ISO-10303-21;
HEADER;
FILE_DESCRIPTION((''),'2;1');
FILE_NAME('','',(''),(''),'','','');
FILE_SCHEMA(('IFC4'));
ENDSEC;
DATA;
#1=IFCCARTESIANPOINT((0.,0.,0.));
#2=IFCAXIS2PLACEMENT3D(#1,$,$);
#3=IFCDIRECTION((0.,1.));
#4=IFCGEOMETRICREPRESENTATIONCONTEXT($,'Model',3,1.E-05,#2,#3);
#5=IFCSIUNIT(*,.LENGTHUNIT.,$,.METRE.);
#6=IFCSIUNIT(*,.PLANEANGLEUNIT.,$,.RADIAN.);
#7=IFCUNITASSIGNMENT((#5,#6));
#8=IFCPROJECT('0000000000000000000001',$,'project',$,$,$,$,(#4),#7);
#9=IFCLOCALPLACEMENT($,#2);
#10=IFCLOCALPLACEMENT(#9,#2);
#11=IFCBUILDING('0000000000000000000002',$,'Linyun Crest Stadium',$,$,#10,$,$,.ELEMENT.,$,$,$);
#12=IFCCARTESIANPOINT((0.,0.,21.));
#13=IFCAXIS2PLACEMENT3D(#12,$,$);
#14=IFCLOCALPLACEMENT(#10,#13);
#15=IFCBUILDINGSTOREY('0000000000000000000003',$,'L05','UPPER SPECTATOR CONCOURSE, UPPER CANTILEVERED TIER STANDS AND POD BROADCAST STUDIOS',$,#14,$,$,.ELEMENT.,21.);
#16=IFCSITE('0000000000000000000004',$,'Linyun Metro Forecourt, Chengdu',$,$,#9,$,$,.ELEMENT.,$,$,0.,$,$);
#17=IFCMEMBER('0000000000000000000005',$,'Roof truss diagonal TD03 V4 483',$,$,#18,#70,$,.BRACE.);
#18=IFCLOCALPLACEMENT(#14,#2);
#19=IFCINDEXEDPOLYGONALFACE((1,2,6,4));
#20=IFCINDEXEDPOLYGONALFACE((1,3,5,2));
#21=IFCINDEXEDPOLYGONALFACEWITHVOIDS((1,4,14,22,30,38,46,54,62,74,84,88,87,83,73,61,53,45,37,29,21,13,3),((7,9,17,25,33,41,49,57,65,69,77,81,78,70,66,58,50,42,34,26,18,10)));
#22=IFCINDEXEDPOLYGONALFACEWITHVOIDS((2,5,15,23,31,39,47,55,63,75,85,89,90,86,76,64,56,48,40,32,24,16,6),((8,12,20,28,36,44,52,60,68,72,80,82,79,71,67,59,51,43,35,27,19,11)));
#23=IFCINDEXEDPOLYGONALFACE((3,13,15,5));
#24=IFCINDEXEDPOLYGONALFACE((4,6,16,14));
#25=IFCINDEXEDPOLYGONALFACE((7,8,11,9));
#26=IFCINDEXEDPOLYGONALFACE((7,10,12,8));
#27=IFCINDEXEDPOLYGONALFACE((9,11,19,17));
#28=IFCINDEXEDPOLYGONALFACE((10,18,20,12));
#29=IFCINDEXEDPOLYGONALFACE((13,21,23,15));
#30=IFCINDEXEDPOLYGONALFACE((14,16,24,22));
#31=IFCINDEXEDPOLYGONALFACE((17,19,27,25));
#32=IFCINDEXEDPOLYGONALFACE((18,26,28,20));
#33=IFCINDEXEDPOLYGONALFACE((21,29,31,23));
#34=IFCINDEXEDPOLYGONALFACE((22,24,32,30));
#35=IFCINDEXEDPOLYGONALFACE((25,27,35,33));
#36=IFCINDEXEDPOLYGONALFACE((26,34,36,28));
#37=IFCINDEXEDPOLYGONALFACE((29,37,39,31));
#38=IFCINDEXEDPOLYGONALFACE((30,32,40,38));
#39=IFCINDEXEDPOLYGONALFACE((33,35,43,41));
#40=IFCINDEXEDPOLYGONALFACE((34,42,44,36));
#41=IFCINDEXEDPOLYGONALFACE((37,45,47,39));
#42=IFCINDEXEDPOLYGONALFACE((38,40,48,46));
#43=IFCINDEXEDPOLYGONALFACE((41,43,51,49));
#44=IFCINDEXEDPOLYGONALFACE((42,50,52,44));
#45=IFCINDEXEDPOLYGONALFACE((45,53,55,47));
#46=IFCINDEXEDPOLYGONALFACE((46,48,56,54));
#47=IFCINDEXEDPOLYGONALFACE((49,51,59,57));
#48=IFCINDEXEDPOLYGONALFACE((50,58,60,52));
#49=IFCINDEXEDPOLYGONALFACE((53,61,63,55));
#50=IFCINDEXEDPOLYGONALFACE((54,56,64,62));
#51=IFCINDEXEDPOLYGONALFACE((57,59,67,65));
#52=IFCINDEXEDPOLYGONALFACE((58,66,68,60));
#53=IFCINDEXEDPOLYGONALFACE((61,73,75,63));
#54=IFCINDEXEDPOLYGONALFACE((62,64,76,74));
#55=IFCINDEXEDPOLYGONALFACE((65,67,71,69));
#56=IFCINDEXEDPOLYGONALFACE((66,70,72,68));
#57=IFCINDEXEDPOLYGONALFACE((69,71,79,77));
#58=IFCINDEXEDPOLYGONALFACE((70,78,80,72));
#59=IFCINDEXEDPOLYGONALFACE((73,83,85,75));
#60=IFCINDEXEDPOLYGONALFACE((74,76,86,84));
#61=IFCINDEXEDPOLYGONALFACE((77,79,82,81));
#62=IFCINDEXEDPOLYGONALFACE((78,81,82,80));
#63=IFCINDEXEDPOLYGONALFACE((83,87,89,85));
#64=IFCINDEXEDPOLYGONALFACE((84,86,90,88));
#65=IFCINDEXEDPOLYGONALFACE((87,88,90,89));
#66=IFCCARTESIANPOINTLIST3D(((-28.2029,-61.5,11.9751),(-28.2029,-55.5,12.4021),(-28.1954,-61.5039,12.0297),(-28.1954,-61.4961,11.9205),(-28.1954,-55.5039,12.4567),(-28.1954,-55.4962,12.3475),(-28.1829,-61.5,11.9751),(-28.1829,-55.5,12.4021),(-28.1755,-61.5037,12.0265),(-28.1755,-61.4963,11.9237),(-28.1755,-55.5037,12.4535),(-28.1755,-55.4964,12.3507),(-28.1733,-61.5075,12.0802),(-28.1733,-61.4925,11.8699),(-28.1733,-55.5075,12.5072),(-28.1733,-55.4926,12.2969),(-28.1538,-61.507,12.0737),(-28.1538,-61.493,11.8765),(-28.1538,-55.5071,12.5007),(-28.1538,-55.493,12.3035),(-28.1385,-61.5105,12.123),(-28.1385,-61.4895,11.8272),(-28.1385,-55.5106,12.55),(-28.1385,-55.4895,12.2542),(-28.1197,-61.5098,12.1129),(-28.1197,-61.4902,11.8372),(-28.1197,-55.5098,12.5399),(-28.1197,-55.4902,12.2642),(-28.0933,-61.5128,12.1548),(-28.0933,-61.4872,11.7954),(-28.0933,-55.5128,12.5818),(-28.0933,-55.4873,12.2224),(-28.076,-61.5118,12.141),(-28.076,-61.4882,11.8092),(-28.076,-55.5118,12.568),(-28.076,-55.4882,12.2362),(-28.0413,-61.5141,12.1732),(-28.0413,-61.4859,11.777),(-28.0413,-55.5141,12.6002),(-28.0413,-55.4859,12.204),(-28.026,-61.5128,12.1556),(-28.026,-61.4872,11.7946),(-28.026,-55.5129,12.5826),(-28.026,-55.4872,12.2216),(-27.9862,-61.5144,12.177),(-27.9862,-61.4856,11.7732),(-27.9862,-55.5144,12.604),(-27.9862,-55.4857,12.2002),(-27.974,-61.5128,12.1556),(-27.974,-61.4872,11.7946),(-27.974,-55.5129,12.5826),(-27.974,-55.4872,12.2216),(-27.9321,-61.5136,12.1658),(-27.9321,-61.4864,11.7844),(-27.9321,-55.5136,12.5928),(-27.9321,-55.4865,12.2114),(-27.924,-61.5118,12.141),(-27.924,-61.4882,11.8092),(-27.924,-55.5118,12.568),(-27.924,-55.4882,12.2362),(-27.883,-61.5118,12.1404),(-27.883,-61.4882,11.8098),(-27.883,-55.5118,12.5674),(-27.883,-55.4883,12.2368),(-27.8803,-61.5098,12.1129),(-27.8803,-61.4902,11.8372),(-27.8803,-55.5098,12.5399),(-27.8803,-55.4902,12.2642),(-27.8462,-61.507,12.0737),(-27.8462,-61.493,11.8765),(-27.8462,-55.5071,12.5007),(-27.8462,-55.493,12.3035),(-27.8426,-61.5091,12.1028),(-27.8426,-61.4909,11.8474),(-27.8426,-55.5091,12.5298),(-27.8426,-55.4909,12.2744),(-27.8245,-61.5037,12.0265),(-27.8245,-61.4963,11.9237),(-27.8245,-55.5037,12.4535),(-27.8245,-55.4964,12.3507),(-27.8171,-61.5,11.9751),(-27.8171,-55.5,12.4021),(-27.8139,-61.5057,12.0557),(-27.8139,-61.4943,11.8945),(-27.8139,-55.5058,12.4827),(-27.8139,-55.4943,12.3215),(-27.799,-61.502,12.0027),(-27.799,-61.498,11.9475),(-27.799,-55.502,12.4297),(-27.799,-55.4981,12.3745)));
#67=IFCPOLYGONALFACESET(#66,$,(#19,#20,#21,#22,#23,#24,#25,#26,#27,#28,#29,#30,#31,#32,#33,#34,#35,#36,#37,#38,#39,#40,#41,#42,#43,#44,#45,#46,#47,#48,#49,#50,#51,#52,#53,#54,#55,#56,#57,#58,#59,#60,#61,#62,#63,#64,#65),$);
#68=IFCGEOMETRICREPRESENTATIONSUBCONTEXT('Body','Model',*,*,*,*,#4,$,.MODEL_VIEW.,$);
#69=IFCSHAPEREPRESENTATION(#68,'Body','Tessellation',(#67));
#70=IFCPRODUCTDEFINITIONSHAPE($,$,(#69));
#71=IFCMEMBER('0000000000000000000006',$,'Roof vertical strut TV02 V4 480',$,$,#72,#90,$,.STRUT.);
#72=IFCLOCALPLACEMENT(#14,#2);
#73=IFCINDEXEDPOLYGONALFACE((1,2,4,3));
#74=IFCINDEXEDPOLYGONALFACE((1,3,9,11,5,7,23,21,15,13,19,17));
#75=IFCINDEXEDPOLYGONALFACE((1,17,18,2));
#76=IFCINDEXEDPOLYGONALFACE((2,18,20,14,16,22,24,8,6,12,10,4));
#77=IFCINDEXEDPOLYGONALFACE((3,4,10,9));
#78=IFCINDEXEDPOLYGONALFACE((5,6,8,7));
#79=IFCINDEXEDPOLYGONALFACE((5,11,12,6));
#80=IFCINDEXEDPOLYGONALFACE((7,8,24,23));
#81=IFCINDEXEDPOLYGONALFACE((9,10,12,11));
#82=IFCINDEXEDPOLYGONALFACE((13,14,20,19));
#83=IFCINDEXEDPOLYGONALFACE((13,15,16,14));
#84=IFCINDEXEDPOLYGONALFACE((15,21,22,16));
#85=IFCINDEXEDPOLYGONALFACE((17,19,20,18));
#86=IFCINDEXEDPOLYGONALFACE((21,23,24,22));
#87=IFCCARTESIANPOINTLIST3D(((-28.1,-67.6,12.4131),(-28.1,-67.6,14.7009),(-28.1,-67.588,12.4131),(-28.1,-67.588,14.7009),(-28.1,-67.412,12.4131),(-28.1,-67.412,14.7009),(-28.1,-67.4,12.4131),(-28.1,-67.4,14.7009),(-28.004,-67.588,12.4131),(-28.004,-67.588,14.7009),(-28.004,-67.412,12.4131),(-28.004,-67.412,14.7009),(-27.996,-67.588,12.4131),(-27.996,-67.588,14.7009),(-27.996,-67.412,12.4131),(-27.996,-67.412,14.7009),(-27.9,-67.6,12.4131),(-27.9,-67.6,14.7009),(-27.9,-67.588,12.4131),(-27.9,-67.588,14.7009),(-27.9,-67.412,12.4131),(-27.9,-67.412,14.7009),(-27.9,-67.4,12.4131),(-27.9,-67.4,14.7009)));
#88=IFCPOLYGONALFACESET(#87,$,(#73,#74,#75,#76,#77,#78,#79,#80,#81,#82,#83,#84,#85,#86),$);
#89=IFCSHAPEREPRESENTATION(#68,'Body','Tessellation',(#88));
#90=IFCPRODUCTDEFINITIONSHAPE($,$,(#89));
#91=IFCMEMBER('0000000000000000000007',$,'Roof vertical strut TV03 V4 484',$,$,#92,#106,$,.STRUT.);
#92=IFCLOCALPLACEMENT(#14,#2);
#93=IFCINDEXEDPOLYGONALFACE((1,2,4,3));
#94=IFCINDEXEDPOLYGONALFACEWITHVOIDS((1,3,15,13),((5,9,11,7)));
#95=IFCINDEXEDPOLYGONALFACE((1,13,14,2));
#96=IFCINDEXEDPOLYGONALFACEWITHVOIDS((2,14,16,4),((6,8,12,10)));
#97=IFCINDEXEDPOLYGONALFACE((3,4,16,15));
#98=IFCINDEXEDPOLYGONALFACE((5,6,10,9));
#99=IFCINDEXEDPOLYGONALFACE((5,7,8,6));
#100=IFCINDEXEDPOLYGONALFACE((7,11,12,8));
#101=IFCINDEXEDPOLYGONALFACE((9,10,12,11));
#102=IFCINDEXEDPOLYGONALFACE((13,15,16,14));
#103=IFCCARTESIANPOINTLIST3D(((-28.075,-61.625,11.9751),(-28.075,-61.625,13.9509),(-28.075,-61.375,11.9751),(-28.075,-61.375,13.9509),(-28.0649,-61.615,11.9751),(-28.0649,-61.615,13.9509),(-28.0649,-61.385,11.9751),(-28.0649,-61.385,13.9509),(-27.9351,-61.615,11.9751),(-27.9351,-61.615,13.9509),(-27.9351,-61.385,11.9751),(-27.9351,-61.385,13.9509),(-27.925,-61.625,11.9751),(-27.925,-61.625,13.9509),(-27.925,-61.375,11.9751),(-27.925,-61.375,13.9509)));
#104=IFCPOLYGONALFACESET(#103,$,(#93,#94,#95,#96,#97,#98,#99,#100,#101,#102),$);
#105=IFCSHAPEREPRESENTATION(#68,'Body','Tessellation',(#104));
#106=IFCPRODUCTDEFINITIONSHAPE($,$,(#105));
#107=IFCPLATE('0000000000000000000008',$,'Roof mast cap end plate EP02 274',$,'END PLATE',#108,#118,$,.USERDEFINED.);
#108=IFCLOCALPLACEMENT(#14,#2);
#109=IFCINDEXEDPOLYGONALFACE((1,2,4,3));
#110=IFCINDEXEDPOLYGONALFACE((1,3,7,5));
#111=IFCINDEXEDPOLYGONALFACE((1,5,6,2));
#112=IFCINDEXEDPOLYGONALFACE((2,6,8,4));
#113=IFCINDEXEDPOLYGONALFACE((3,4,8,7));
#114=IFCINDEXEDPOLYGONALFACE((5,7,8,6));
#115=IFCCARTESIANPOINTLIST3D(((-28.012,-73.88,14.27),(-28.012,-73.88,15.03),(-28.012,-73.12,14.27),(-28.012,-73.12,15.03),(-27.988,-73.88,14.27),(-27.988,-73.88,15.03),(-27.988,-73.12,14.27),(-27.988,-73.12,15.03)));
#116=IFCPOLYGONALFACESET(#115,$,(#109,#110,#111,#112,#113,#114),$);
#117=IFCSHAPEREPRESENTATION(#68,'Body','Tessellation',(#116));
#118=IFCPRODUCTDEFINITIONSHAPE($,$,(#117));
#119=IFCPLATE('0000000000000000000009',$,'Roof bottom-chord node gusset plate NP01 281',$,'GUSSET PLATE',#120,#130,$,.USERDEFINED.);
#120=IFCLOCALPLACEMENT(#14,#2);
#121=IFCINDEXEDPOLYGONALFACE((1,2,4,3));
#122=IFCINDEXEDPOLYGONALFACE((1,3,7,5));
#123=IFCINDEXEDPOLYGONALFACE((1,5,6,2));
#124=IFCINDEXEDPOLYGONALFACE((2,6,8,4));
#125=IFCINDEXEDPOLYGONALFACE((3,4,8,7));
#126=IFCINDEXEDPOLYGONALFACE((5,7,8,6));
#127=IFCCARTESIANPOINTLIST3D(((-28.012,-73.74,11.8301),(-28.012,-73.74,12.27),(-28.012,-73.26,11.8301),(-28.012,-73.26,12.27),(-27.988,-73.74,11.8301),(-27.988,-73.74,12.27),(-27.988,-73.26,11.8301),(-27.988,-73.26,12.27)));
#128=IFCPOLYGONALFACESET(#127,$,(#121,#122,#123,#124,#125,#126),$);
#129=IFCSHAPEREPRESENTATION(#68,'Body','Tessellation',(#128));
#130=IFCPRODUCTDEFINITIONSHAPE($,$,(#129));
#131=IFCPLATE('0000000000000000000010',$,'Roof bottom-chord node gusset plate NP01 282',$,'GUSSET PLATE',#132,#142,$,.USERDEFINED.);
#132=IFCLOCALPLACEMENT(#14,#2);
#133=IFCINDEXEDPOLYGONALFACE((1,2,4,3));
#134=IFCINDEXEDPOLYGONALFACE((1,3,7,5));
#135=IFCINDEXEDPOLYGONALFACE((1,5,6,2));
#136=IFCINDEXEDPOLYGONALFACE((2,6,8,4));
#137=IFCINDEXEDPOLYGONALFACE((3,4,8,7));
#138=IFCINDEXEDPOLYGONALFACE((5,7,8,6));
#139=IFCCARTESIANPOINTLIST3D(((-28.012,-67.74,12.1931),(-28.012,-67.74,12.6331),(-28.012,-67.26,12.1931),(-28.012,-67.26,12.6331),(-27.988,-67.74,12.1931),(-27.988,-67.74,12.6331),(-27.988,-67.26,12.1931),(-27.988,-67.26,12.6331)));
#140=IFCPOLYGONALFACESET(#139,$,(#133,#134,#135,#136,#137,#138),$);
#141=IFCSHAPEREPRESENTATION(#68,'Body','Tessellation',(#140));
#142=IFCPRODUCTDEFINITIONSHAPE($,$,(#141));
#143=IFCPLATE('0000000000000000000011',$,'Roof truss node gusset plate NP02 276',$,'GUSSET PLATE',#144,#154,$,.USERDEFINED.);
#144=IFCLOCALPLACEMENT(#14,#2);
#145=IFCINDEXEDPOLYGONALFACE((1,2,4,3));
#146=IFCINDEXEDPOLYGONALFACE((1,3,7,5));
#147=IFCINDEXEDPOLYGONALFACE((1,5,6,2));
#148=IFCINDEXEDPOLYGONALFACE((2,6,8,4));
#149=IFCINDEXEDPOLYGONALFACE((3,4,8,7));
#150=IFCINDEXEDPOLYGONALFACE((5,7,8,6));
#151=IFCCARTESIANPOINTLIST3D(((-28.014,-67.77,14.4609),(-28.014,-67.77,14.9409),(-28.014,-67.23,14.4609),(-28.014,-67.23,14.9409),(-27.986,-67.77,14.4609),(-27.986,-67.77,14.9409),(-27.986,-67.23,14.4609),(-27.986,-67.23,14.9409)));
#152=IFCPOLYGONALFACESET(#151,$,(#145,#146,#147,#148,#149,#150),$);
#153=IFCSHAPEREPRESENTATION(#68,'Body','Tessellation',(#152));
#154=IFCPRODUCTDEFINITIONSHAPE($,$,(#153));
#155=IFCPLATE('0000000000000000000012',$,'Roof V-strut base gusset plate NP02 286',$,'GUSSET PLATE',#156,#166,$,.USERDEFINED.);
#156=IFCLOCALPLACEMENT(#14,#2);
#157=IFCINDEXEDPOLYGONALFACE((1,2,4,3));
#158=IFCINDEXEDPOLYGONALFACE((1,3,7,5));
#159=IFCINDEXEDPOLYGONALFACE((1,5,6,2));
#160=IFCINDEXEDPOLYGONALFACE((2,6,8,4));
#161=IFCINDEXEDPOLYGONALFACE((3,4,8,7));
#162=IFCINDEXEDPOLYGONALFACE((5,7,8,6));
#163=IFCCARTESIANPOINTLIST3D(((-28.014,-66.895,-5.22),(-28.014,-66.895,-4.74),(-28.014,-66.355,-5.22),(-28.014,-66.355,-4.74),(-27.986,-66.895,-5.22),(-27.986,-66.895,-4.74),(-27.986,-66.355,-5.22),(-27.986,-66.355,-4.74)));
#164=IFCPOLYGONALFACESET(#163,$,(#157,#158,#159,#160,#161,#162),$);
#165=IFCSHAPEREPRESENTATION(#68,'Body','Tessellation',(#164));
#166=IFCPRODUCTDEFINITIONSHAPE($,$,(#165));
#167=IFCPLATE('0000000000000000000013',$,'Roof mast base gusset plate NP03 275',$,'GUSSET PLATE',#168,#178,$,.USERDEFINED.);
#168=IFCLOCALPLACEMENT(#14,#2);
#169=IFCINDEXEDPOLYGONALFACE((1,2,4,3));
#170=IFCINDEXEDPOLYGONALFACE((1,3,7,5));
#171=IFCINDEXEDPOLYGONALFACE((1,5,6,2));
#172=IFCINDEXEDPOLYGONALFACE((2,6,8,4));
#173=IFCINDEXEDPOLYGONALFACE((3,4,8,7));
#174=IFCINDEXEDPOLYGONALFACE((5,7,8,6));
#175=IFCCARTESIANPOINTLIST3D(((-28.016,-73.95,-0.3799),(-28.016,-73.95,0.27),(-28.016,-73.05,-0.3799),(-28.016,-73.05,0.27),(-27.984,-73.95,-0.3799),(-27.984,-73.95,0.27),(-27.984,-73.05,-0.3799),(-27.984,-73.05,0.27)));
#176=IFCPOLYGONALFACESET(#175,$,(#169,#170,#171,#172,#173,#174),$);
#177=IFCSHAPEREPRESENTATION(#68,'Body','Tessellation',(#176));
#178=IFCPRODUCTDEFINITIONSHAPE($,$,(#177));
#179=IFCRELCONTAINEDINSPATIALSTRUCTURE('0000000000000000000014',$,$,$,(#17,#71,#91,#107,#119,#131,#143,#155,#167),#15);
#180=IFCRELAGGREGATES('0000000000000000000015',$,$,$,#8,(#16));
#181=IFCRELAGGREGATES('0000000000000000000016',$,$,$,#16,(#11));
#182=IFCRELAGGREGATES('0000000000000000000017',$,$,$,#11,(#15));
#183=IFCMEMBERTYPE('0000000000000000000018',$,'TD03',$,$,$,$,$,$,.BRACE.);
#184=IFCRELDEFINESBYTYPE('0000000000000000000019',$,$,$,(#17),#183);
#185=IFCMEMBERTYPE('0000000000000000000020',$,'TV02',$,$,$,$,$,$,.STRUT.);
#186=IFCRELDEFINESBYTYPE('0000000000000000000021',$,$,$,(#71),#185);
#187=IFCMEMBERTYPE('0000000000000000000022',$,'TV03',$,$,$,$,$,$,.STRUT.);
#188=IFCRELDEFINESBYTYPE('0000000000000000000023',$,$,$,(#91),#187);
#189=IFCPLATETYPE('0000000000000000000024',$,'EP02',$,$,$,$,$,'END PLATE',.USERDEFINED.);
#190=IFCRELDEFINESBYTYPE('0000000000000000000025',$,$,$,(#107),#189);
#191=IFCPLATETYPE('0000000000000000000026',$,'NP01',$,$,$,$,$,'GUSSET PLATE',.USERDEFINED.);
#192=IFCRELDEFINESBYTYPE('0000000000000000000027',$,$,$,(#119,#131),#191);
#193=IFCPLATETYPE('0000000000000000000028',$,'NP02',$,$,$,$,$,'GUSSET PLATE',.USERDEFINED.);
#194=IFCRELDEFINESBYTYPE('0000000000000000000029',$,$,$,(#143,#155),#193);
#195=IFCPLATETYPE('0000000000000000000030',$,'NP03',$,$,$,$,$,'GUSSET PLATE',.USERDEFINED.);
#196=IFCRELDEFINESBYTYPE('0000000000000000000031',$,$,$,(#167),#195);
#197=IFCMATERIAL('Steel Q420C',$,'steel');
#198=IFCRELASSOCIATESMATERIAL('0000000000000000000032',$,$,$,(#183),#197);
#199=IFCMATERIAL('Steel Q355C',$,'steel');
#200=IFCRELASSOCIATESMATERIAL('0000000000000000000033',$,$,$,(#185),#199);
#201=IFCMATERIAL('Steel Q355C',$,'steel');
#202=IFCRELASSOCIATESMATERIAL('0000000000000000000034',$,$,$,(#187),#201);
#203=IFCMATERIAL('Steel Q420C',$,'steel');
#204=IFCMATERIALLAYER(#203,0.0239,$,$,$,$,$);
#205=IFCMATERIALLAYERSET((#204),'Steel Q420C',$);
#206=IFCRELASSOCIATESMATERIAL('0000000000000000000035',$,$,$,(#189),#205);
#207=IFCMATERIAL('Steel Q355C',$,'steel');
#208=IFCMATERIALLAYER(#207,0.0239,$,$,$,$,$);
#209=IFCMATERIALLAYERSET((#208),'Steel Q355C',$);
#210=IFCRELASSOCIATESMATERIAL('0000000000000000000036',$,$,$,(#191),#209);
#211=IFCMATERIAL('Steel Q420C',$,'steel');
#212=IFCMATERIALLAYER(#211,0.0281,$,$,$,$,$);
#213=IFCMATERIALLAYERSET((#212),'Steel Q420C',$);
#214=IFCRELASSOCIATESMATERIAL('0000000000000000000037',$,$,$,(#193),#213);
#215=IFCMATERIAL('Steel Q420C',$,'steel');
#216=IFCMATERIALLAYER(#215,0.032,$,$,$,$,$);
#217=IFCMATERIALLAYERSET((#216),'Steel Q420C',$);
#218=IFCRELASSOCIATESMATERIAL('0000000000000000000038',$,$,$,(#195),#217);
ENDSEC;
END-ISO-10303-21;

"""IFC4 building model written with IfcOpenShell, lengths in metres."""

from ifc_helpers import new_model, si_unit, direction, frame, origin, origin_2d, place, context, subcontext, project, spatial, rectangle, hollow_rectangle, hollow_circle, i_section, extrude, material, layer, layer_set, material_profile, profile_set, type_object, element, save


model = new_model("IFC4")

# Units and contexts
model_context = context("Model", 3, precision=1e-05, world=origin(), true_north=direction((0.0, 1.0)))
body_context = subcontext(model_context, "Body", "Model", "MODEL_VIEW")
ifc_project = project(units=[si_unit("LENGTHUNIT", "METRE"), si_unit("PLANEANGLEUNIT", "RADIAN")], contexts=[model_context])

# Site, building, storey
site_placement = place(None, origin())
site = spatial("IfcSite", under=ifc_project, at=site_placement, Name="Linyun Metro Forecourt, Chengdu", CompositionType="ELEMENT", RefElevation=0.0)
building_placement = place(site_placement, origin())
building = spatial("IfcBuilding", under=site, at=building_placement, Name="Linyun Crest Stadium", CompositionType="ELEMENT")
storey_placement = place(building_placement, frame((0.0, 0.0, 21.0)))
storey = spatial("IfcBuildingStorey", under=building, at=storey_placement, Name="L05", Description="UPPER SPECTATOR CONCOURSE, UPPER CANTILEVERED TIER STANDS AND POD BROADCAST STUDIOS", CompositionType="ELEMENT", Elevation=21.0)

# Members
ifc_material_1 = material(Name="Steel Q420C", Category="steel")
ifc_material_profile_1 = material_profile(ifc_material_1, hollow_circle(Radius=0.2029, WallThickness=0.02, at=origin_2d()), Name="CHS 406x20")
ifc_profile_set_1 = profile_set([ifc_material_profile_1], Name="Steel Q420C")
member_type_1 = type_object("IfcMemberType", Name="TD03", PredefinedType="BRACE", material=ifc_profile_set_1)
member_1_placement = place(storey_placement, frame((-28.0, -61.5, 11.9751), z_axis=(0.0, 0.997477, 0.070987), x_axis=(-1.0, 0.0, 0.0)))
element("IfcMember", 1, at=member_1_placement, inside=storey, type_object=member_type_1, Name="Roof truss diagonal TD03 V4 483", PredefinedType="BRACE", context=body_context, shape_type="SweptSolid", body=[
    extrude(hollow_circle(Radius=0.2029, WallThickness=0.02, at=origin_2d()), origin(), (0.0, 0.0, 1.0), 6.0151),
])
ifc_material_2 = material(Name="Steel Q355C", Category="steel")
ifc_material_profile_2 = material_profile(ifc_material_2, i_section(OverallWidth=0.2, OverallDepth=0.2, WebThickness=0.0081, FlangeThickness=0.012, at=origin_2d()), Name="HW 200x200")
ifc_profile_set_2 = profile_set([ifc_material_profile_2], Name="Steel Q355C")
member_type_2 = type_object("IfcMemberType", Name="TV02", PredefinedType="STRUT", material=ifc_profile_set_2)
member_2_placement = place(storey_placement, frame((-28.0, -67.5, 12.4131), z_axis=(0.0, 0.0, 1.0), x_axis=(1.0, 0.0, 0.0)))
element("IfcMember", 2, at=member_2_placement, inside=storey, type_object=member_type_2, Name="Roof vertical strut TV02 V4 480", PredefinedType="STRUT", context=body_context, shape_type="SweptSolid", body=[
    extrude(i_section(OverallWidth=0.2, OverallDepth=0.2, WebThickness=0.0081, FlangeThickness=0.012, at=origin_2d()), origin(), (0.0, 0.0, 1.0), 2.2878),
])
ifc_material_3 = material(Name="Steel Q355C", Category="steel")
ifc_material_profile_3 = material_profile(ifc_material_3, hollow_rectangle(XDim=0.1499, YDim=0.25, WallThickness=0.01, at=origin_2d()), Name="RHS 250x150x10")
ifc_profile_set_3 = profile_set([ifc_material_profile_3], Name="Steel Q355C")
member_type_3 = type_object("IfcMemberType", Name="TV03", PredefinedType="STRUT", material=ifc_profile_set_3)
member_3_placement = place(storey_placement, frame((-28.0, -61.5, 11.9751), z_axis=(0.0, 0.0, 1.0), x_axis=(1.0, 0.0, 0.0)))
element("IfcMember", 3, at=member_3_placement, inside=storey, type_object=member_type_3, Name="Roof vertical strut TV03 V4 484", PredefinedType="STRUT", context=body_context, shape_type="SweptSolid", body=[
    extrude(hollow_rectangle(XDim=0.1499, YDim=0.25, WallThickness=0.01, at=origin_2d()), origin(), (0.0, 0.0, 1.0), 1.9758),
])

# Plates
ifc_material_4 = material(Name="Steel Q420C", Category="steel")
ifc_layer_1 = layer(ifc_material_4, 0.0239)
ifc_layer_set_1 = layer_set([ifc_layer_1], Name="Steel Q420C")
plate_type_1 = type_object("IfcPlateType", Name="EP02", ElementType="END PLATE", PredefinedType="USERDEFINED", material=ifc_layer_set_1)
plate_1_placement = place(storey_placement, frame((-28.0, -73.5, 14.27), z_axis=(0.0, 0.0, 1.0), x_axis=(0.0, 1.0, 0.0)))
element("IfcPlate", 4, at=plate_1_placement, inside=storey, type_object=plate_type_1, Name="Roof mast cap end plate EP02 274", ObjectType="END PLATE", PredefinedType="USERDEFINED", context=body_context, shape_type="SweptSolid", body=[
    extrude(rectangle(XDim=0.76, YDim=0.0239, at=origin_2d()), origin(), (0.0, 0.0, 1.0), 0.76),
])
ifc_material_5 = material(Name="Steel Q355C", Category="steel")
ifc_layer_2 = layer(ifc_material_5, 0.0239)
ifc_layer_set_2 = layer_set([ifc_layer_2], Name="Steel Q355C")
plate_type_2 = type_object("IfcPlateType", Name="NP01", ElementType="GUSSET PLATE", PredefinedType="USERDEFINED", material=ifc_layer_set_2)
for number, where, z_axis, x_axis, name in (
    (5, (-28.0, -73.5, 11.8301), (0.0, 0.0, 1.0), (0.0, 1.0, 0.0), "Roof bottom-chord node gusset plate NP01 281"),
    (6, (-28.0, -67.5, 12.1931), (0.0, 0.0, 1.0), (0.0, 1.0, 0.0), "Roof bottom-chord node gusset plate NP01 282"),
):
    element("IfcPlate", number, at=place(storey_placement, frame(where, z_axis=z_axis, x_axis=x_axis)), inside=storey, type_object=plate_type_2, Name=name, ObjectType="GUSSET PLATE", PredefinedType="USERDEFINED", context=body_context, shape_type="SweptSolid", body=[
        extrude(rectangle(XDim=0.48, YDim=0.0239, at=origin_2d()), origin(), (0.0, 0.0, 1.0), 0.4399),
    ])
ifc_material_6 = material(Name="Steel Q420C", Category="steel")
ifc_layer_3 = layer(ifc_material_6, 0.0281)
ifc_layer_set_3 = layer_set([ifc_layer_3], Name="Steel Q420C")
plate_type_3 = type_object("IfcPlateType", Name="NP02", ElementType="GUSSET PLATE", PredefinedType="USERDEFINED", material=ifc_layer_set_3)
for number, where, z_axis, x_axis, name in (
    (7, (-28.0, -67.5, 14.4609), (0.0, 0.0, 1.0), (0.0, 1.0, 0.0), "Roof truss node gusset plate NP02 276"),
    (8, (-28.0, -66.625, -5.22), (0.0, 0.0, 1.0), (0.0, 1.0, 0.0), "Roof V-strut base gusset plate NP02 286"),
):
    element("IfcPlate", number, at=place(storey_placement, frame(where, z_axis=z_axis, x_axis=x_axis)), inside=storey, type_object=plate_type_3, Name=name, ObjectType="GUSSET PLATE", PredefinedType="USERDEFINED", context=body_context, shape_type="SweptSolid", body=[
        extrude(rectangle(XDim=0.54, YDim=0.0281, at=origin_2d()), origin(), (0.0, 0.0, 1.0), 0.48),
    ])
ifc_material_7 = material(Name="Steel Q420C", Category="steel")
ifc_layer_4 = layer(ifc_material_7, 0.032)
ifc_layer_set_4 = layer_set([ifc_layer_4], Name="Steel Q420C")
plate_type_4 = type_object("IfcPlateType", Name="NP03", ElementType="GUSSET PLATE", PredefinedType="USERDEFINED", material=ifc_layer_set_4)
plate_2_placement = place(storey_placement, frame((-28.0, -73.5, -0.3799), z_axis=(0.0, 0.0, 1.0), x_axis=(0.0, 1.0, 0.0)))
element("IfcPlate", 9, at=plate_2_placement, inside=storey, type_object=plate_type_4, Name="Roof mast base gusset plate NP03 275", ObjectType="GUSSET PLATE", PredefinedType="USERDEFINED", context=body_context, shape_type="SweptSolid", body=[
    extrude(rectangle(XDim=0.8999, YDim=0.032, at=origin_2d()), origin(), (0.0, 0.0, 1.0), 0.6499),
])

save(model, "model.ifc")
